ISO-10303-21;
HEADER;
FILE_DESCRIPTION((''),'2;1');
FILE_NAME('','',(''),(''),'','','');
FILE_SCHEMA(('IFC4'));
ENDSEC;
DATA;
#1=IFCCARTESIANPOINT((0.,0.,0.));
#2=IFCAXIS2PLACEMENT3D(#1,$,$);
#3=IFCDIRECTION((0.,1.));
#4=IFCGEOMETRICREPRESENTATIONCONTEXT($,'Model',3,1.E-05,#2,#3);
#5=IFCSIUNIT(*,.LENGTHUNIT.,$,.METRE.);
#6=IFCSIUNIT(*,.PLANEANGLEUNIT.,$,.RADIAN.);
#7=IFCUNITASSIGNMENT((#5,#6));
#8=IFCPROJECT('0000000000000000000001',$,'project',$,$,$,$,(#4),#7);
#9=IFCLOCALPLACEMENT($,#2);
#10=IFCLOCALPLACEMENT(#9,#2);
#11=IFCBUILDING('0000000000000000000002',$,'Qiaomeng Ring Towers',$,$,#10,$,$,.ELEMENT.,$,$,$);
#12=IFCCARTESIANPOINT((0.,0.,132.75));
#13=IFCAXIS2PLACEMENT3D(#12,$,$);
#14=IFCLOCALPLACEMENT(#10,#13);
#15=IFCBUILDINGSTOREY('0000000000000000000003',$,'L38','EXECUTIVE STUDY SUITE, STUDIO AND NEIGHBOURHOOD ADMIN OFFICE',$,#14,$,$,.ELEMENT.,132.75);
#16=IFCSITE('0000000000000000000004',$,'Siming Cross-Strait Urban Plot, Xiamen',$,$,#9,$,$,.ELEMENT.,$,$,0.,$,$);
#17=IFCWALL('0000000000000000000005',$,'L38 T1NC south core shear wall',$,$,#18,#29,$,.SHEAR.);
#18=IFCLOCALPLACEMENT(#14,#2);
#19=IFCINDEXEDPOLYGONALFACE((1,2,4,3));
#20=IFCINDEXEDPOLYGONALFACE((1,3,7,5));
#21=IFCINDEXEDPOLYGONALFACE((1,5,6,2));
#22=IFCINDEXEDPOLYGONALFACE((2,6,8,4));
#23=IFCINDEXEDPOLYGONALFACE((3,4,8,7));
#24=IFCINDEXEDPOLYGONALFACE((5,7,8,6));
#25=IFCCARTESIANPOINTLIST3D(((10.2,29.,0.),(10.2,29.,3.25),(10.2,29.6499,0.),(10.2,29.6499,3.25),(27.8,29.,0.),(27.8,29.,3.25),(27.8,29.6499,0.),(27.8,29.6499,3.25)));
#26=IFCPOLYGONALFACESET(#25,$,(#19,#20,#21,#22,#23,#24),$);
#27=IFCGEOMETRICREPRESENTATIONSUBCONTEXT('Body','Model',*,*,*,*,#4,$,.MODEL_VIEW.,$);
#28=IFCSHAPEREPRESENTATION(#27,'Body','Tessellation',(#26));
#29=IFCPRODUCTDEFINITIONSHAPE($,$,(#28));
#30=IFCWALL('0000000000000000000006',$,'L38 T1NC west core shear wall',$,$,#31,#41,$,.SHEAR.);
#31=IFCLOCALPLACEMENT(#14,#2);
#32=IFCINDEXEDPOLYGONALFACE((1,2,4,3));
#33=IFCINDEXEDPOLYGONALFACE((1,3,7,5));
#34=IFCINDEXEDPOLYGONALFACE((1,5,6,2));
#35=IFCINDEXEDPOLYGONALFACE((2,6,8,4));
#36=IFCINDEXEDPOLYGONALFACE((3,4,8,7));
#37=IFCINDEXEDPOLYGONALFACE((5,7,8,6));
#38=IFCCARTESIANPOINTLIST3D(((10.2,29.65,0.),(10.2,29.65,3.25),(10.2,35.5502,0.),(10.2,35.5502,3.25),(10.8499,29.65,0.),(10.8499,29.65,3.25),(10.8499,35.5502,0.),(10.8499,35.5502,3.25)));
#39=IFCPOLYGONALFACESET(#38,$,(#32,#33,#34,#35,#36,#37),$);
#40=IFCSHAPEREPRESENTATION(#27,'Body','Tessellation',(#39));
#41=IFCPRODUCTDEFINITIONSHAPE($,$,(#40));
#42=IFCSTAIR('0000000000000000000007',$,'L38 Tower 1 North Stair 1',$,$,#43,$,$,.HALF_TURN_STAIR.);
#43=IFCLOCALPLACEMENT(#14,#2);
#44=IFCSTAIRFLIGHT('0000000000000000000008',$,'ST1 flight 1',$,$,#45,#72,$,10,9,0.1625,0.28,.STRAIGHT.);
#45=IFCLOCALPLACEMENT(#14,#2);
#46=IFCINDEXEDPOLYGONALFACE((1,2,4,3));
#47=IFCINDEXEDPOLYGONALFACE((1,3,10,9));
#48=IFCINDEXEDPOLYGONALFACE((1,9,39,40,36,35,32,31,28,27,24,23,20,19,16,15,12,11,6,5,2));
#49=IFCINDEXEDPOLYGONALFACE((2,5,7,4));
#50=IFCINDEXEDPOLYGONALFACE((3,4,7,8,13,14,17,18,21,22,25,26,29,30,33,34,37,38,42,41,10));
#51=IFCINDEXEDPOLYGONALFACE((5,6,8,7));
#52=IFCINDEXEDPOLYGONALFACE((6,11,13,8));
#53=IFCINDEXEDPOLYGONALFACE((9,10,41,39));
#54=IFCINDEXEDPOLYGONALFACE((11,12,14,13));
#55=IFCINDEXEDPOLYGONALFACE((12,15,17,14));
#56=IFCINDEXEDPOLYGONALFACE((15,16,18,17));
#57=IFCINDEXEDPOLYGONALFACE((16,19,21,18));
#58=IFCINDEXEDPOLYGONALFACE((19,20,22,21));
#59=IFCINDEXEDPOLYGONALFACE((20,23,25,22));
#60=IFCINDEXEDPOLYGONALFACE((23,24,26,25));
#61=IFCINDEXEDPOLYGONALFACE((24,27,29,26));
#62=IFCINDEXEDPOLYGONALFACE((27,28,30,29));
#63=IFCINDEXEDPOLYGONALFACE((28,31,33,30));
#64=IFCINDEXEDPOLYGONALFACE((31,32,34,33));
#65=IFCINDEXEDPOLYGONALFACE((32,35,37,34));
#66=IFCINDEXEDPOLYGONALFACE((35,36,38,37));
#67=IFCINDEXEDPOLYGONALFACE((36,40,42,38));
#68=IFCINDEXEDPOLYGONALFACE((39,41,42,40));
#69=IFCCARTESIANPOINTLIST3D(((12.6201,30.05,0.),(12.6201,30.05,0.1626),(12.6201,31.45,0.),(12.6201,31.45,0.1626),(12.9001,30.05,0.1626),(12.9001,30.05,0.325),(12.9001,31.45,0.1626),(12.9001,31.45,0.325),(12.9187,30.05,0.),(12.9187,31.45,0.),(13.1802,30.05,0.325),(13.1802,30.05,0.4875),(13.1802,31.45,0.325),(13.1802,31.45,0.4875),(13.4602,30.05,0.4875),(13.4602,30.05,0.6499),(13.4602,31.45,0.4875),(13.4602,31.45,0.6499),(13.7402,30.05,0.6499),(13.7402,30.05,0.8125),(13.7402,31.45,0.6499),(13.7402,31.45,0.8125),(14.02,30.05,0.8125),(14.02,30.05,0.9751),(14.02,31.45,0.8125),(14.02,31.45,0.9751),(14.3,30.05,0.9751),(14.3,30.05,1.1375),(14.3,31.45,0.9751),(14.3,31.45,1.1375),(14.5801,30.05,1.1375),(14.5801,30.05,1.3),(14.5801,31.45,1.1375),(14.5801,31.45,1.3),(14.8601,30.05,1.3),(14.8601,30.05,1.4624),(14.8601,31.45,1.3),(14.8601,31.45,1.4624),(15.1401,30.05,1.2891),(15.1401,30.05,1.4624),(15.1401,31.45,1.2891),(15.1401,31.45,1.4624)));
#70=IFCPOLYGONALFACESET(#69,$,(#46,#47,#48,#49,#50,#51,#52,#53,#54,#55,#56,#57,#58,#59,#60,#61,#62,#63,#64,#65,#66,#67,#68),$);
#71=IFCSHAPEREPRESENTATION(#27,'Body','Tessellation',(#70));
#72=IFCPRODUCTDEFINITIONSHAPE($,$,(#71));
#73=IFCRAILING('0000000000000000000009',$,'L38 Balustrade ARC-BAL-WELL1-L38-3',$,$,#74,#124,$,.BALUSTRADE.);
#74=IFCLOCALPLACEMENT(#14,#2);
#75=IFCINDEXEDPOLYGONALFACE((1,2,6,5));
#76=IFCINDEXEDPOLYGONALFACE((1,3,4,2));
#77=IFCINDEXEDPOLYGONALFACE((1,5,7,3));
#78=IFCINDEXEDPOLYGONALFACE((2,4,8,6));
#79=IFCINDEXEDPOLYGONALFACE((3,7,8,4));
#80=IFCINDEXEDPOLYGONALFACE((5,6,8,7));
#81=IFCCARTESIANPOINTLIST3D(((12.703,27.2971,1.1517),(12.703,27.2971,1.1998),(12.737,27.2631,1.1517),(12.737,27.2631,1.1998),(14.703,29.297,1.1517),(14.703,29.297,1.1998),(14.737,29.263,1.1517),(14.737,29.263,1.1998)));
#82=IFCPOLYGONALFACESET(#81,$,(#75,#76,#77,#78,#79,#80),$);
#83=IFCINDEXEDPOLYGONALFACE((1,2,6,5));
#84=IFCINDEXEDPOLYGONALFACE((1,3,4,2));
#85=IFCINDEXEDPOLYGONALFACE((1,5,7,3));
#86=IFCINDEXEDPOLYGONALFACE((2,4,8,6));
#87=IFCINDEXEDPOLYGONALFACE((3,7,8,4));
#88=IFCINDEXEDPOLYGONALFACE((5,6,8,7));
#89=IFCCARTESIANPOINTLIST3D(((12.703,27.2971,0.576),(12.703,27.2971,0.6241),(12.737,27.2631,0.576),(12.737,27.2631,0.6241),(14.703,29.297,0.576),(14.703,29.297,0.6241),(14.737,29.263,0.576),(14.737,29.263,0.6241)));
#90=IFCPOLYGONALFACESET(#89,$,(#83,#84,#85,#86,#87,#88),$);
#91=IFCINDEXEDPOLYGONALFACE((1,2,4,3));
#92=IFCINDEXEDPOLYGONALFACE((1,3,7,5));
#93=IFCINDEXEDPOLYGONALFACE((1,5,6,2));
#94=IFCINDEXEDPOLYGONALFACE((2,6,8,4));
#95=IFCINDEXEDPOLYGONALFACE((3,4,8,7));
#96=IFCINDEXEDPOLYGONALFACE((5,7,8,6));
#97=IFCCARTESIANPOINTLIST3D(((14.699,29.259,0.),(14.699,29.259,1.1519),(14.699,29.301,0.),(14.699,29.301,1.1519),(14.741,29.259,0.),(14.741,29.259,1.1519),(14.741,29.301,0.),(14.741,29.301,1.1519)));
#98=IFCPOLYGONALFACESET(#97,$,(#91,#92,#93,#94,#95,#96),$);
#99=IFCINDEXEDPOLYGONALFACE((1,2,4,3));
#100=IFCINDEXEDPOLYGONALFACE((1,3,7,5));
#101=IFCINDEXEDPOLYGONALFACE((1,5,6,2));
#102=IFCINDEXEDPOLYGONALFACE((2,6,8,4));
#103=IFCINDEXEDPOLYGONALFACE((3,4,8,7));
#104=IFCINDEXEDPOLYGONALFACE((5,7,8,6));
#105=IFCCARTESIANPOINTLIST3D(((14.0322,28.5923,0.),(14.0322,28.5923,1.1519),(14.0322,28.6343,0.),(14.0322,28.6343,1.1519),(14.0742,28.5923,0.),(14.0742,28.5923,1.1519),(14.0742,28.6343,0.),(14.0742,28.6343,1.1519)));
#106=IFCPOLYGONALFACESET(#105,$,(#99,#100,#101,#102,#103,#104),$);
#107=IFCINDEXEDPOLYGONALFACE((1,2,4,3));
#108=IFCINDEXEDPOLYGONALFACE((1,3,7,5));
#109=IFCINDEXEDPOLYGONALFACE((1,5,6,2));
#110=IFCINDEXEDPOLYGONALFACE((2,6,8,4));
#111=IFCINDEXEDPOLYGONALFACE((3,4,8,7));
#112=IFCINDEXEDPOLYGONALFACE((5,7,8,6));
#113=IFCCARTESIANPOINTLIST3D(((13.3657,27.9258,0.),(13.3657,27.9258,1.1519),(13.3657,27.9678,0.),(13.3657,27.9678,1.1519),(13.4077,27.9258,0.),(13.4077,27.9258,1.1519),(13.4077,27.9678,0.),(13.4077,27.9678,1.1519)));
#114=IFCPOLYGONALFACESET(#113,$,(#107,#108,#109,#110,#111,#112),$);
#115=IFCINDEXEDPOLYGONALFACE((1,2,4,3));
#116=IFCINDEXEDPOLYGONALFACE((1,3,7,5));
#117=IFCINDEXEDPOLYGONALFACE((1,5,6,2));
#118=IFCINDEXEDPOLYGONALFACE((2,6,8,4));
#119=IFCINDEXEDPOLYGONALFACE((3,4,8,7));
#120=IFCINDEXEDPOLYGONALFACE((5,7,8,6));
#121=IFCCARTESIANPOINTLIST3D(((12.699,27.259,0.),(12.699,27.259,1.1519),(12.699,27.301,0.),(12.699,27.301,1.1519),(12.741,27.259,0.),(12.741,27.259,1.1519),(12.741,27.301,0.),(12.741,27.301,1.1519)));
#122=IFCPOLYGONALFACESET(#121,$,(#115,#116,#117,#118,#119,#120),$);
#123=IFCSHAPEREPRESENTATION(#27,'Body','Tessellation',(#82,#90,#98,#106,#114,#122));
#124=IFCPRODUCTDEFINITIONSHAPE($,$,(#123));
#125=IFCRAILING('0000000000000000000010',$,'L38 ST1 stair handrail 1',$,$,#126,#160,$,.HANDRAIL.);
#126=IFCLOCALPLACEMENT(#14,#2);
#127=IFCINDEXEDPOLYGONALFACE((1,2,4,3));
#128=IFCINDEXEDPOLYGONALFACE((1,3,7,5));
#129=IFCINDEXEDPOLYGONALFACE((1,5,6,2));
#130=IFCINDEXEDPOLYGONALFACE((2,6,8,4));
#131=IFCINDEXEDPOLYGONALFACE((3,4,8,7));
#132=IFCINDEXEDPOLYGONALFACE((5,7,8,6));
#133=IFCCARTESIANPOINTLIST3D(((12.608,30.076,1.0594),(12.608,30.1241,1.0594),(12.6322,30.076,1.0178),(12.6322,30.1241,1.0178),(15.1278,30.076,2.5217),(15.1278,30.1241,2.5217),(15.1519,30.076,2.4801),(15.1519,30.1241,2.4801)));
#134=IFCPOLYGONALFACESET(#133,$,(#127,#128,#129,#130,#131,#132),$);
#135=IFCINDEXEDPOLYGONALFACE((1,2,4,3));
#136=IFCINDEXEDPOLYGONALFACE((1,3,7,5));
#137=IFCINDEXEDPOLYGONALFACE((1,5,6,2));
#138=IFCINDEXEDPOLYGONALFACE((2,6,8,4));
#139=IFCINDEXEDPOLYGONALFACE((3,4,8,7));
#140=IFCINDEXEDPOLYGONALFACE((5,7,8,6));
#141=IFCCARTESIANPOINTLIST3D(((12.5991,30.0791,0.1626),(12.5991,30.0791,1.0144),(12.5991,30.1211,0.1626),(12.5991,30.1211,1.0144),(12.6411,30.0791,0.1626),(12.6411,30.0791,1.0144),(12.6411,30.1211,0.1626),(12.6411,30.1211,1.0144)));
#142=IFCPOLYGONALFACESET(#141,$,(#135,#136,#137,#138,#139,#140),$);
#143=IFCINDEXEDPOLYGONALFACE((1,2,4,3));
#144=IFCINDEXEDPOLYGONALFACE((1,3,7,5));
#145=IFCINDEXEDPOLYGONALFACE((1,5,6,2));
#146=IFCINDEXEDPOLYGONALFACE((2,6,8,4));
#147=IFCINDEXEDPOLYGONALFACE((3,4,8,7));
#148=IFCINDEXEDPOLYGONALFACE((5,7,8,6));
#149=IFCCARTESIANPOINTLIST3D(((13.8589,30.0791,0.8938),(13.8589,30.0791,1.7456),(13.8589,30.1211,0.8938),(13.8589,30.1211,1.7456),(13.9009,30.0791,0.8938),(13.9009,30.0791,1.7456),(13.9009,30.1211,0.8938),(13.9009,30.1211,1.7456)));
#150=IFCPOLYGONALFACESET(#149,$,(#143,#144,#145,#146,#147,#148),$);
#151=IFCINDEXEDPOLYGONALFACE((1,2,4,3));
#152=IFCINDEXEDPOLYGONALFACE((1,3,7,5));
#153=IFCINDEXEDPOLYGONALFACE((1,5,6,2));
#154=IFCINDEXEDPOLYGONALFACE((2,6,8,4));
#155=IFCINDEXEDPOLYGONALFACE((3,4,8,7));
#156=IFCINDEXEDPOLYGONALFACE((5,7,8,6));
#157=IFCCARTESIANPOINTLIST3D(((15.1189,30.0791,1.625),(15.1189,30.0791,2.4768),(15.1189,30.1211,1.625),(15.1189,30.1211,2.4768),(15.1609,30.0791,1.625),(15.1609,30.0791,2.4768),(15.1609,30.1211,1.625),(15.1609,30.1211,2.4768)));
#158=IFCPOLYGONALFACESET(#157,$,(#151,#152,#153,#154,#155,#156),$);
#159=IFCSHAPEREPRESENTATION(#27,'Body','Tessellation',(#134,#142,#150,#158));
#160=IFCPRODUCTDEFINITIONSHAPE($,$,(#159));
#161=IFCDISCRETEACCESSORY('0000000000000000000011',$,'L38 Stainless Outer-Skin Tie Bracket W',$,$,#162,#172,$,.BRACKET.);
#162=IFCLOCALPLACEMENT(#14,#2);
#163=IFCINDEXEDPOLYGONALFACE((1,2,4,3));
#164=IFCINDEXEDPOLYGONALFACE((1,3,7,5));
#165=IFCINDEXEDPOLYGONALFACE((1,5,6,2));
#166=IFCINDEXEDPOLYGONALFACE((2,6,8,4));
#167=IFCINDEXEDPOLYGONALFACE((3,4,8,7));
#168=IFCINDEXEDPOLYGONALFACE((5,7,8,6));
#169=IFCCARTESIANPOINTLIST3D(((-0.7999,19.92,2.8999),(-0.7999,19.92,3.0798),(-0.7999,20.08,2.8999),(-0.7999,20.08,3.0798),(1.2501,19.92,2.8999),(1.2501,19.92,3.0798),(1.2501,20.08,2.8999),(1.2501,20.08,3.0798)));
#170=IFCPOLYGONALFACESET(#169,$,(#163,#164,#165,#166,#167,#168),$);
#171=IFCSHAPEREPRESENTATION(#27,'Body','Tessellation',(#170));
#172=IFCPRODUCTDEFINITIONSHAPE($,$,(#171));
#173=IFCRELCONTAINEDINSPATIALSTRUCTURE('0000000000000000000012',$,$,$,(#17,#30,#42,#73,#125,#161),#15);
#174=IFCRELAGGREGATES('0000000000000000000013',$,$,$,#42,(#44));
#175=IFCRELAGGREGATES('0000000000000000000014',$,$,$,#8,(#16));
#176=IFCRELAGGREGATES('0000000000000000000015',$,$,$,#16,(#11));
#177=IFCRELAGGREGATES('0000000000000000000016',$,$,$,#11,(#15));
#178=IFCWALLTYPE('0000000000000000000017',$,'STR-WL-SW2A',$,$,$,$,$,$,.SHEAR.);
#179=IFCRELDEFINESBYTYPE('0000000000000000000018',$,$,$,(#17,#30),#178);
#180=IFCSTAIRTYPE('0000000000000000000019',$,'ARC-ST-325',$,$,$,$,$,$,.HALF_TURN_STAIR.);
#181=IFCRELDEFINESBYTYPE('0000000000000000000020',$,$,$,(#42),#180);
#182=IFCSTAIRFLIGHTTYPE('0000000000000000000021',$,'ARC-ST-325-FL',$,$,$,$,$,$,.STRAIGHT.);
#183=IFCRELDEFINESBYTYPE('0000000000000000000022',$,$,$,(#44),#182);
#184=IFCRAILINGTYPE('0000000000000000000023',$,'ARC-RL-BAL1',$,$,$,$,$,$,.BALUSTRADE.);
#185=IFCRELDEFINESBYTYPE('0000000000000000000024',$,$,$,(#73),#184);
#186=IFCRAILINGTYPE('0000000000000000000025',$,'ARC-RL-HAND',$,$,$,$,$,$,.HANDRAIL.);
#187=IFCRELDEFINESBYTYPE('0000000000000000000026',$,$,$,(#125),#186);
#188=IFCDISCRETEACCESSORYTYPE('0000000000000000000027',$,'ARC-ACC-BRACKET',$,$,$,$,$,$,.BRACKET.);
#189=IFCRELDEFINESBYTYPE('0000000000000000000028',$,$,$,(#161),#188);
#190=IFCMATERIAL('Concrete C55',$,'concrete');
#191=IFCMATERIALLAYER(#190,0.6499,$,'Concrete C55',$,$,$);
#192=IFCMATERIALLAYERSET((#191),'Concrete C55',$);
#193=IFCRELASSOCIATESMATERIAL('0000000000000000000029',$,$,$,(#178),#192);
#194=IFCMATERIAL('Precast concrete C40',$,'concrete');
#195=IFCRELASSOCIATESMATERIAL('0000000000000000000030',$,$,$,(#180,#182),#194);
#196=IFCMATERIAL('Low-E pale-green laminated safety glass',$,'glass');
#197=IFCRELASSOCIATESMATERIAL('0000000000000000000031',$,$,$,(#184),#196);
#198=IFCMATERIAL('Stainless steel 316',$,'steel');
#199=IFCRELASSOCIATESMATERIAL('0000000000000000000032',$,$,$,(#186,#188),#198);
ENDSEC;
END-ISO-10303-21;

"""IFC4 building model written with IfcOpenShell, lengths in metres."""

from ifc_helpers import new_model, si_unit, direction, frame, frame_2d, origin, origin_2d, place, context, subcontext, project, spatial, polyline, rectangle, outline, extrude, source, transform, mapped, material, layer, layer_set, type_object, element, aggregate, save


model = new_model("IFC4")

# Units and contexts
model_context = context("Model", 3, precision=1e-05, world=origin(), true_north=direction((0.0, 1.0)))
body_context = subcontext(model_context, "Body", "Model", "MODEL_VIEW")
ifc_project = project(units=[si_unit("LENGTHUNIT", "METRE"), si_unit("PLANEANGLEUNIT", "RADIAN")], contexts=[model_context])

# Site, building, storey
site_placement = place(None, origin())
site = spatial("IfcSite", under=ifc_project, at=site_placement, Name="Siming Cross-Strait Urban Plot, Xiamen", CompositionType="ELEMENT", RefElevation=0.0)
building_placement = place(site_placement, origin())
building = spatial("IfcBuilding", under=site, at=building_placement, Name="Qiaomeng Ring Towers", CompositionType="ELEMENT")
storey_placement = place(building_placement, frame((0.0, 0.0, 132.75)))
storey = spatial("IfcBuildingStorey", under=building, at=storey_placement, Name="L38", Description="EXECUTIVE STUDY SUITE, STUDIO AND NEIGHBOURHOOD ADMIN OFFICE", CompositionType="ELEMENT", Elevation=132.75)

# Shared definitions
ifc_material_1 = material(Name="Concrete C55", Category="concrete")

# Shared definitions
ifc_material_2 = material(Name="Stainless steel 316", Category="steel")

# Walls
ifc_layer_1 = layer(ifc_material_1, 0.6499, Name="Concrete C55")
ifc_layer_set_1 = layer_set([ifc_layer_1], Name="Concrete C55")
wall_type_1 = type_object("IfcWallType", Name="STR-WL-SW2A", PredefinedType="SHEAR", material=ifc_layer_set_1)
wall_1_placement = place(storey_placement, frame((10.2, 29.325, 0.0), z_axis=(0.0, 0.0, 1.0), x_axis=(1.0, 0.0, 0.0)))
element("IfcWall", 1, at=wall_1_placement, inside=storey, type_object=wall_type_1, Name="L38 T1NC south core shear wall", PredefinedType="SHEAR", context=body_context, shape_type="SweptSolid", body=[
    extrude(rectangle(XDim=17.6001, YDim=0.6499, at=frame_2d((8.8, 0.0))), origin(), (0.0, 0.0, 1.0), 3.25),
])
wall_2_placement = place(storey_placement, frame((10.5249, 29.6499, 0.0), z_axis=(0.0, 0.0, 1.0), x_axis=(0.0, 1.0, 0.0)))
element("IfcWall", 2, at=wall_2_placement, inside=storey, type_object=wall_type_1, Name="L38 T1NC west core shear wall", PredefinedType="SHEAR", context=body_context, shape_type="SweptSolid", body=[
    extrude(rectangle(XDim=5.9001, YDim=0.6499, at=frame_2d((2.9502, 0.0))), origin(), (0.0, 0.0, 1.0), 3.25),
])

# Stair, stair flight
ifc_material_3 = material(Name="Precast concrete C40", Category="concrete")
stair_type = type_object("IfcStairType", Name="ARC-ST-325", PredefinedType="HALF_TURN_STAIR", material=ifc_material_3)
stair_placement = place(storey_placement, origin())
stair = element("IfcStair", 3, at=stair_placement, inside=storey, type_object=stair_type, Name="L38 Tower 1 North Stair 1", PredefinedType="HALF_TURN_STAIR")
stair_flight_type = type_object("IfcStairFlightType", Name="ARC-ST-325-FL", PredefinedType="STRAIGHT", material=ifc_material_3)
shared_shape_1 = source(origin(), body_context, "Body", "SweptSolid", [
    extrude(outline(polyline([(0.0, 0.0), (0.0, 0.1626), (0.28, 0.1626), (0.28, 0.325), (0.5601, 0.325), (0.5601, 0.4875), (0.8401, 0.4875), (0.8401, 0.6499), (1.1201, 0.6499), (1.1201, 0.8125), (1.3999, 0.8125), (1.3999, 0.9751), (1.6799, 0.9751), (1.6799, 1.1375), (1.96, 1.1375), (1.96, 1.3), (2.24, 1.3), (2.24, 1.4624), (2.52, 1.4624), (2.52, 1.625), (2.52, 1.2891), (0.2986, 0.0), (0.0, 0.0)])), frame((0.0, 0.7, 0.0), z_axis=(0.0, -1.0, 0.0), x_axis=(1.0, 0.0, 0.0)), (0.0, 0.0, 1.0), 1.3999),
])
stair_flight_placement = place(storey_placement, frame((12.6201, 30.75, 0.0), z_axis=(0.0, 0.0, 1.0), x_axis=(1.0, 0.0, 0.0)))
stair_flight = element("IfcStairFlight", 4, at=stair_flight_placement, type_object=stair_flight_type, Name="ST1 flight 1", NumberOfRisers=10, NumberOfTreads=9, PredefinedType="STRAIGHT", RiserHeight=0.1625, TreadLength=0.28, context=body_context, shape_type="MappedRepresentation", body=[
    mapped(shared_shape_1, transform((0.0, 0.0, 0.0), x_axis=(1.0, 0.0, 0.0), y_axis=(0.0, 1.0, 0.0), z_axis=(0.0, 0.0, 1.0), scale=1.0)),
])
aggregate(stair, [stair_flight])

# Railings
ifc_material_4 = material(Name="Low-E pale-green laminated safety glass", Category="glass")
railing_type_1 = type_object("IfcRailingType", Name="ARC-RL-BAL1", PredefinedType="BALUSTRADE", material=ifc_material_4)
railing_1_placement = place(storey_placement, frame((14.72, 29.28, 0.0)))
element("IfcRailing", 5, at=railing_1_placement, inside=storey, type_object=railing_type_1, Name="L38 Balustrade ARC-BAL-WELL1-L38-3", PredefinedType="BALUSTRADE", context=body_context, shape_type="SweptSolid", body=[
    extrude(rectangle(XDim=0.0481, YDim=0.0481, at=origin_2d()), frame((0.0, 0.0, 1.1758), z_axis=(-0.707107, -0.707107, 0.0), x_axis=(0.707107, -0.707107, 0.0)), (0.0, 0.0, 1.0), 2.8284),
    extrude(rectangle(XDim=0.0481, YDim=0.0481, at=origin_2d()), frame((0.0, 0.0, 0.6001), z_axis=(-0.707107, -0.707107, 0.0), x_axis=(0.707107, -0.707107, 0.0)), (0.0, 0.0, 1.0), 2.8284),
    extrude(rectangle(XDim=0.042, YDim=0.042, at=origin_2d()), origin(), (0.0, 0.0, 1.0), 1.1519),
    extrude(rectangle(XDim=0.042, YDim=0.042, at=origin_2d()), frame((-0.6667, -0.6667, 0.0)), (0.0, 0.0, 1.0), 1.1519),
    extrude(rectangle(XDim=0.042, YDim=0.042, at=origin_2d()), frame((-1.3333, -1.3333, 0.0)), (0.0, 0.0, 1.0), 1.1519),
    extrude(rectangle(XDim=0.042, YDim=0.042, at=origin_2d()), frame((-2.0, -2.0, 0.0)), (0.0, 0.0, 1.0), 1.1519),
])
railing_type_2 = type_object("IfcRailingType", Name="ARC-RL-HAND", PredefinedType="HANDRAIL", material=ifc_material_2)
railing_2_placement = place(storey_placement, frame((12.6201, 30.1001, 0.1626)))
element("IfcRailing", 6, at=railing_2_placement, inside=storey, type_object=railing_type_2, Name="L38 ST1 stair handrail 1", PredefinedType="HANDRAIL", context=body_context, shape_type="SweptSolid", body=[
    extrude(rectangle(XDim=0.0481, YDim=0.0481, at=origin_2d()), frame((0.0, 0.0, 0.876), z_axis=(0.864892, 0.0, 0.501958), x_axis=(0.0, 1.0, 0.0)), (0.0, 0.0, 1.0), 2.9133),
    extrude(rectangle(XDim=0.042, YDim=0.042, at=origin_2d()), origin(), (0.0, 0.0, 1.0), 0.8518),
    extrude(rectangle(XDim=0.042, YDim=0.042, at=origin_2d()), frame((1.2598, 0.0, 0.7312)), (0.0, 0.0, 1.0), 0.8518),
    extrude(rectangle(XDim=0.042, YDim=0.042, at=origin_2d()), frame((2.5198, 0.0, 1.4624)), (0.0, 0.0, 1.0), 0.8518),
])

# Discrete accessory
discrete_accessory_type = type_object("IfcDiscreteAccessoryType", Name="ARC-ACC-BRACKET", PredefinedType="BRACKET", material=ifc_material_2)
shared_shape_2 = source(origin(), body_context, "Body", "SweptSolid", [
    extrude(rectangle(XDim=2.05, YDim=0.1599, at=origin_2d()), origin(), (0.0, 0.0, 1.0), 0.1799),
])
discrete_accessory_placement = place(storey_placement, frame((0.2251, 20.0, 2.8999), z_axis=(0.0, 0.0, 1.0), x_axis=(1.0, 0.0, 0.0)))
element("IfcDiscreteAccessory", 7, at=discrete_accessory_placement, inside=storey, type_object=discrete_accessory_type, Name="L38 Stainless Outer-Skin Tie Bracket W", PredefinedType="BRACKET", context=body_context, shape_type="MappedRepresentation", body=[
    mapped(shared_shape_2, transform((0.0, 0.0, 0.0), x_axis=(1.0, 0.0, 0.0), y_axis=(0.0, 1.0, 0.0), z_axis=(0.0, 0.0, 1.0), scale=1.0)),
])

save(model, "model.ifc")
